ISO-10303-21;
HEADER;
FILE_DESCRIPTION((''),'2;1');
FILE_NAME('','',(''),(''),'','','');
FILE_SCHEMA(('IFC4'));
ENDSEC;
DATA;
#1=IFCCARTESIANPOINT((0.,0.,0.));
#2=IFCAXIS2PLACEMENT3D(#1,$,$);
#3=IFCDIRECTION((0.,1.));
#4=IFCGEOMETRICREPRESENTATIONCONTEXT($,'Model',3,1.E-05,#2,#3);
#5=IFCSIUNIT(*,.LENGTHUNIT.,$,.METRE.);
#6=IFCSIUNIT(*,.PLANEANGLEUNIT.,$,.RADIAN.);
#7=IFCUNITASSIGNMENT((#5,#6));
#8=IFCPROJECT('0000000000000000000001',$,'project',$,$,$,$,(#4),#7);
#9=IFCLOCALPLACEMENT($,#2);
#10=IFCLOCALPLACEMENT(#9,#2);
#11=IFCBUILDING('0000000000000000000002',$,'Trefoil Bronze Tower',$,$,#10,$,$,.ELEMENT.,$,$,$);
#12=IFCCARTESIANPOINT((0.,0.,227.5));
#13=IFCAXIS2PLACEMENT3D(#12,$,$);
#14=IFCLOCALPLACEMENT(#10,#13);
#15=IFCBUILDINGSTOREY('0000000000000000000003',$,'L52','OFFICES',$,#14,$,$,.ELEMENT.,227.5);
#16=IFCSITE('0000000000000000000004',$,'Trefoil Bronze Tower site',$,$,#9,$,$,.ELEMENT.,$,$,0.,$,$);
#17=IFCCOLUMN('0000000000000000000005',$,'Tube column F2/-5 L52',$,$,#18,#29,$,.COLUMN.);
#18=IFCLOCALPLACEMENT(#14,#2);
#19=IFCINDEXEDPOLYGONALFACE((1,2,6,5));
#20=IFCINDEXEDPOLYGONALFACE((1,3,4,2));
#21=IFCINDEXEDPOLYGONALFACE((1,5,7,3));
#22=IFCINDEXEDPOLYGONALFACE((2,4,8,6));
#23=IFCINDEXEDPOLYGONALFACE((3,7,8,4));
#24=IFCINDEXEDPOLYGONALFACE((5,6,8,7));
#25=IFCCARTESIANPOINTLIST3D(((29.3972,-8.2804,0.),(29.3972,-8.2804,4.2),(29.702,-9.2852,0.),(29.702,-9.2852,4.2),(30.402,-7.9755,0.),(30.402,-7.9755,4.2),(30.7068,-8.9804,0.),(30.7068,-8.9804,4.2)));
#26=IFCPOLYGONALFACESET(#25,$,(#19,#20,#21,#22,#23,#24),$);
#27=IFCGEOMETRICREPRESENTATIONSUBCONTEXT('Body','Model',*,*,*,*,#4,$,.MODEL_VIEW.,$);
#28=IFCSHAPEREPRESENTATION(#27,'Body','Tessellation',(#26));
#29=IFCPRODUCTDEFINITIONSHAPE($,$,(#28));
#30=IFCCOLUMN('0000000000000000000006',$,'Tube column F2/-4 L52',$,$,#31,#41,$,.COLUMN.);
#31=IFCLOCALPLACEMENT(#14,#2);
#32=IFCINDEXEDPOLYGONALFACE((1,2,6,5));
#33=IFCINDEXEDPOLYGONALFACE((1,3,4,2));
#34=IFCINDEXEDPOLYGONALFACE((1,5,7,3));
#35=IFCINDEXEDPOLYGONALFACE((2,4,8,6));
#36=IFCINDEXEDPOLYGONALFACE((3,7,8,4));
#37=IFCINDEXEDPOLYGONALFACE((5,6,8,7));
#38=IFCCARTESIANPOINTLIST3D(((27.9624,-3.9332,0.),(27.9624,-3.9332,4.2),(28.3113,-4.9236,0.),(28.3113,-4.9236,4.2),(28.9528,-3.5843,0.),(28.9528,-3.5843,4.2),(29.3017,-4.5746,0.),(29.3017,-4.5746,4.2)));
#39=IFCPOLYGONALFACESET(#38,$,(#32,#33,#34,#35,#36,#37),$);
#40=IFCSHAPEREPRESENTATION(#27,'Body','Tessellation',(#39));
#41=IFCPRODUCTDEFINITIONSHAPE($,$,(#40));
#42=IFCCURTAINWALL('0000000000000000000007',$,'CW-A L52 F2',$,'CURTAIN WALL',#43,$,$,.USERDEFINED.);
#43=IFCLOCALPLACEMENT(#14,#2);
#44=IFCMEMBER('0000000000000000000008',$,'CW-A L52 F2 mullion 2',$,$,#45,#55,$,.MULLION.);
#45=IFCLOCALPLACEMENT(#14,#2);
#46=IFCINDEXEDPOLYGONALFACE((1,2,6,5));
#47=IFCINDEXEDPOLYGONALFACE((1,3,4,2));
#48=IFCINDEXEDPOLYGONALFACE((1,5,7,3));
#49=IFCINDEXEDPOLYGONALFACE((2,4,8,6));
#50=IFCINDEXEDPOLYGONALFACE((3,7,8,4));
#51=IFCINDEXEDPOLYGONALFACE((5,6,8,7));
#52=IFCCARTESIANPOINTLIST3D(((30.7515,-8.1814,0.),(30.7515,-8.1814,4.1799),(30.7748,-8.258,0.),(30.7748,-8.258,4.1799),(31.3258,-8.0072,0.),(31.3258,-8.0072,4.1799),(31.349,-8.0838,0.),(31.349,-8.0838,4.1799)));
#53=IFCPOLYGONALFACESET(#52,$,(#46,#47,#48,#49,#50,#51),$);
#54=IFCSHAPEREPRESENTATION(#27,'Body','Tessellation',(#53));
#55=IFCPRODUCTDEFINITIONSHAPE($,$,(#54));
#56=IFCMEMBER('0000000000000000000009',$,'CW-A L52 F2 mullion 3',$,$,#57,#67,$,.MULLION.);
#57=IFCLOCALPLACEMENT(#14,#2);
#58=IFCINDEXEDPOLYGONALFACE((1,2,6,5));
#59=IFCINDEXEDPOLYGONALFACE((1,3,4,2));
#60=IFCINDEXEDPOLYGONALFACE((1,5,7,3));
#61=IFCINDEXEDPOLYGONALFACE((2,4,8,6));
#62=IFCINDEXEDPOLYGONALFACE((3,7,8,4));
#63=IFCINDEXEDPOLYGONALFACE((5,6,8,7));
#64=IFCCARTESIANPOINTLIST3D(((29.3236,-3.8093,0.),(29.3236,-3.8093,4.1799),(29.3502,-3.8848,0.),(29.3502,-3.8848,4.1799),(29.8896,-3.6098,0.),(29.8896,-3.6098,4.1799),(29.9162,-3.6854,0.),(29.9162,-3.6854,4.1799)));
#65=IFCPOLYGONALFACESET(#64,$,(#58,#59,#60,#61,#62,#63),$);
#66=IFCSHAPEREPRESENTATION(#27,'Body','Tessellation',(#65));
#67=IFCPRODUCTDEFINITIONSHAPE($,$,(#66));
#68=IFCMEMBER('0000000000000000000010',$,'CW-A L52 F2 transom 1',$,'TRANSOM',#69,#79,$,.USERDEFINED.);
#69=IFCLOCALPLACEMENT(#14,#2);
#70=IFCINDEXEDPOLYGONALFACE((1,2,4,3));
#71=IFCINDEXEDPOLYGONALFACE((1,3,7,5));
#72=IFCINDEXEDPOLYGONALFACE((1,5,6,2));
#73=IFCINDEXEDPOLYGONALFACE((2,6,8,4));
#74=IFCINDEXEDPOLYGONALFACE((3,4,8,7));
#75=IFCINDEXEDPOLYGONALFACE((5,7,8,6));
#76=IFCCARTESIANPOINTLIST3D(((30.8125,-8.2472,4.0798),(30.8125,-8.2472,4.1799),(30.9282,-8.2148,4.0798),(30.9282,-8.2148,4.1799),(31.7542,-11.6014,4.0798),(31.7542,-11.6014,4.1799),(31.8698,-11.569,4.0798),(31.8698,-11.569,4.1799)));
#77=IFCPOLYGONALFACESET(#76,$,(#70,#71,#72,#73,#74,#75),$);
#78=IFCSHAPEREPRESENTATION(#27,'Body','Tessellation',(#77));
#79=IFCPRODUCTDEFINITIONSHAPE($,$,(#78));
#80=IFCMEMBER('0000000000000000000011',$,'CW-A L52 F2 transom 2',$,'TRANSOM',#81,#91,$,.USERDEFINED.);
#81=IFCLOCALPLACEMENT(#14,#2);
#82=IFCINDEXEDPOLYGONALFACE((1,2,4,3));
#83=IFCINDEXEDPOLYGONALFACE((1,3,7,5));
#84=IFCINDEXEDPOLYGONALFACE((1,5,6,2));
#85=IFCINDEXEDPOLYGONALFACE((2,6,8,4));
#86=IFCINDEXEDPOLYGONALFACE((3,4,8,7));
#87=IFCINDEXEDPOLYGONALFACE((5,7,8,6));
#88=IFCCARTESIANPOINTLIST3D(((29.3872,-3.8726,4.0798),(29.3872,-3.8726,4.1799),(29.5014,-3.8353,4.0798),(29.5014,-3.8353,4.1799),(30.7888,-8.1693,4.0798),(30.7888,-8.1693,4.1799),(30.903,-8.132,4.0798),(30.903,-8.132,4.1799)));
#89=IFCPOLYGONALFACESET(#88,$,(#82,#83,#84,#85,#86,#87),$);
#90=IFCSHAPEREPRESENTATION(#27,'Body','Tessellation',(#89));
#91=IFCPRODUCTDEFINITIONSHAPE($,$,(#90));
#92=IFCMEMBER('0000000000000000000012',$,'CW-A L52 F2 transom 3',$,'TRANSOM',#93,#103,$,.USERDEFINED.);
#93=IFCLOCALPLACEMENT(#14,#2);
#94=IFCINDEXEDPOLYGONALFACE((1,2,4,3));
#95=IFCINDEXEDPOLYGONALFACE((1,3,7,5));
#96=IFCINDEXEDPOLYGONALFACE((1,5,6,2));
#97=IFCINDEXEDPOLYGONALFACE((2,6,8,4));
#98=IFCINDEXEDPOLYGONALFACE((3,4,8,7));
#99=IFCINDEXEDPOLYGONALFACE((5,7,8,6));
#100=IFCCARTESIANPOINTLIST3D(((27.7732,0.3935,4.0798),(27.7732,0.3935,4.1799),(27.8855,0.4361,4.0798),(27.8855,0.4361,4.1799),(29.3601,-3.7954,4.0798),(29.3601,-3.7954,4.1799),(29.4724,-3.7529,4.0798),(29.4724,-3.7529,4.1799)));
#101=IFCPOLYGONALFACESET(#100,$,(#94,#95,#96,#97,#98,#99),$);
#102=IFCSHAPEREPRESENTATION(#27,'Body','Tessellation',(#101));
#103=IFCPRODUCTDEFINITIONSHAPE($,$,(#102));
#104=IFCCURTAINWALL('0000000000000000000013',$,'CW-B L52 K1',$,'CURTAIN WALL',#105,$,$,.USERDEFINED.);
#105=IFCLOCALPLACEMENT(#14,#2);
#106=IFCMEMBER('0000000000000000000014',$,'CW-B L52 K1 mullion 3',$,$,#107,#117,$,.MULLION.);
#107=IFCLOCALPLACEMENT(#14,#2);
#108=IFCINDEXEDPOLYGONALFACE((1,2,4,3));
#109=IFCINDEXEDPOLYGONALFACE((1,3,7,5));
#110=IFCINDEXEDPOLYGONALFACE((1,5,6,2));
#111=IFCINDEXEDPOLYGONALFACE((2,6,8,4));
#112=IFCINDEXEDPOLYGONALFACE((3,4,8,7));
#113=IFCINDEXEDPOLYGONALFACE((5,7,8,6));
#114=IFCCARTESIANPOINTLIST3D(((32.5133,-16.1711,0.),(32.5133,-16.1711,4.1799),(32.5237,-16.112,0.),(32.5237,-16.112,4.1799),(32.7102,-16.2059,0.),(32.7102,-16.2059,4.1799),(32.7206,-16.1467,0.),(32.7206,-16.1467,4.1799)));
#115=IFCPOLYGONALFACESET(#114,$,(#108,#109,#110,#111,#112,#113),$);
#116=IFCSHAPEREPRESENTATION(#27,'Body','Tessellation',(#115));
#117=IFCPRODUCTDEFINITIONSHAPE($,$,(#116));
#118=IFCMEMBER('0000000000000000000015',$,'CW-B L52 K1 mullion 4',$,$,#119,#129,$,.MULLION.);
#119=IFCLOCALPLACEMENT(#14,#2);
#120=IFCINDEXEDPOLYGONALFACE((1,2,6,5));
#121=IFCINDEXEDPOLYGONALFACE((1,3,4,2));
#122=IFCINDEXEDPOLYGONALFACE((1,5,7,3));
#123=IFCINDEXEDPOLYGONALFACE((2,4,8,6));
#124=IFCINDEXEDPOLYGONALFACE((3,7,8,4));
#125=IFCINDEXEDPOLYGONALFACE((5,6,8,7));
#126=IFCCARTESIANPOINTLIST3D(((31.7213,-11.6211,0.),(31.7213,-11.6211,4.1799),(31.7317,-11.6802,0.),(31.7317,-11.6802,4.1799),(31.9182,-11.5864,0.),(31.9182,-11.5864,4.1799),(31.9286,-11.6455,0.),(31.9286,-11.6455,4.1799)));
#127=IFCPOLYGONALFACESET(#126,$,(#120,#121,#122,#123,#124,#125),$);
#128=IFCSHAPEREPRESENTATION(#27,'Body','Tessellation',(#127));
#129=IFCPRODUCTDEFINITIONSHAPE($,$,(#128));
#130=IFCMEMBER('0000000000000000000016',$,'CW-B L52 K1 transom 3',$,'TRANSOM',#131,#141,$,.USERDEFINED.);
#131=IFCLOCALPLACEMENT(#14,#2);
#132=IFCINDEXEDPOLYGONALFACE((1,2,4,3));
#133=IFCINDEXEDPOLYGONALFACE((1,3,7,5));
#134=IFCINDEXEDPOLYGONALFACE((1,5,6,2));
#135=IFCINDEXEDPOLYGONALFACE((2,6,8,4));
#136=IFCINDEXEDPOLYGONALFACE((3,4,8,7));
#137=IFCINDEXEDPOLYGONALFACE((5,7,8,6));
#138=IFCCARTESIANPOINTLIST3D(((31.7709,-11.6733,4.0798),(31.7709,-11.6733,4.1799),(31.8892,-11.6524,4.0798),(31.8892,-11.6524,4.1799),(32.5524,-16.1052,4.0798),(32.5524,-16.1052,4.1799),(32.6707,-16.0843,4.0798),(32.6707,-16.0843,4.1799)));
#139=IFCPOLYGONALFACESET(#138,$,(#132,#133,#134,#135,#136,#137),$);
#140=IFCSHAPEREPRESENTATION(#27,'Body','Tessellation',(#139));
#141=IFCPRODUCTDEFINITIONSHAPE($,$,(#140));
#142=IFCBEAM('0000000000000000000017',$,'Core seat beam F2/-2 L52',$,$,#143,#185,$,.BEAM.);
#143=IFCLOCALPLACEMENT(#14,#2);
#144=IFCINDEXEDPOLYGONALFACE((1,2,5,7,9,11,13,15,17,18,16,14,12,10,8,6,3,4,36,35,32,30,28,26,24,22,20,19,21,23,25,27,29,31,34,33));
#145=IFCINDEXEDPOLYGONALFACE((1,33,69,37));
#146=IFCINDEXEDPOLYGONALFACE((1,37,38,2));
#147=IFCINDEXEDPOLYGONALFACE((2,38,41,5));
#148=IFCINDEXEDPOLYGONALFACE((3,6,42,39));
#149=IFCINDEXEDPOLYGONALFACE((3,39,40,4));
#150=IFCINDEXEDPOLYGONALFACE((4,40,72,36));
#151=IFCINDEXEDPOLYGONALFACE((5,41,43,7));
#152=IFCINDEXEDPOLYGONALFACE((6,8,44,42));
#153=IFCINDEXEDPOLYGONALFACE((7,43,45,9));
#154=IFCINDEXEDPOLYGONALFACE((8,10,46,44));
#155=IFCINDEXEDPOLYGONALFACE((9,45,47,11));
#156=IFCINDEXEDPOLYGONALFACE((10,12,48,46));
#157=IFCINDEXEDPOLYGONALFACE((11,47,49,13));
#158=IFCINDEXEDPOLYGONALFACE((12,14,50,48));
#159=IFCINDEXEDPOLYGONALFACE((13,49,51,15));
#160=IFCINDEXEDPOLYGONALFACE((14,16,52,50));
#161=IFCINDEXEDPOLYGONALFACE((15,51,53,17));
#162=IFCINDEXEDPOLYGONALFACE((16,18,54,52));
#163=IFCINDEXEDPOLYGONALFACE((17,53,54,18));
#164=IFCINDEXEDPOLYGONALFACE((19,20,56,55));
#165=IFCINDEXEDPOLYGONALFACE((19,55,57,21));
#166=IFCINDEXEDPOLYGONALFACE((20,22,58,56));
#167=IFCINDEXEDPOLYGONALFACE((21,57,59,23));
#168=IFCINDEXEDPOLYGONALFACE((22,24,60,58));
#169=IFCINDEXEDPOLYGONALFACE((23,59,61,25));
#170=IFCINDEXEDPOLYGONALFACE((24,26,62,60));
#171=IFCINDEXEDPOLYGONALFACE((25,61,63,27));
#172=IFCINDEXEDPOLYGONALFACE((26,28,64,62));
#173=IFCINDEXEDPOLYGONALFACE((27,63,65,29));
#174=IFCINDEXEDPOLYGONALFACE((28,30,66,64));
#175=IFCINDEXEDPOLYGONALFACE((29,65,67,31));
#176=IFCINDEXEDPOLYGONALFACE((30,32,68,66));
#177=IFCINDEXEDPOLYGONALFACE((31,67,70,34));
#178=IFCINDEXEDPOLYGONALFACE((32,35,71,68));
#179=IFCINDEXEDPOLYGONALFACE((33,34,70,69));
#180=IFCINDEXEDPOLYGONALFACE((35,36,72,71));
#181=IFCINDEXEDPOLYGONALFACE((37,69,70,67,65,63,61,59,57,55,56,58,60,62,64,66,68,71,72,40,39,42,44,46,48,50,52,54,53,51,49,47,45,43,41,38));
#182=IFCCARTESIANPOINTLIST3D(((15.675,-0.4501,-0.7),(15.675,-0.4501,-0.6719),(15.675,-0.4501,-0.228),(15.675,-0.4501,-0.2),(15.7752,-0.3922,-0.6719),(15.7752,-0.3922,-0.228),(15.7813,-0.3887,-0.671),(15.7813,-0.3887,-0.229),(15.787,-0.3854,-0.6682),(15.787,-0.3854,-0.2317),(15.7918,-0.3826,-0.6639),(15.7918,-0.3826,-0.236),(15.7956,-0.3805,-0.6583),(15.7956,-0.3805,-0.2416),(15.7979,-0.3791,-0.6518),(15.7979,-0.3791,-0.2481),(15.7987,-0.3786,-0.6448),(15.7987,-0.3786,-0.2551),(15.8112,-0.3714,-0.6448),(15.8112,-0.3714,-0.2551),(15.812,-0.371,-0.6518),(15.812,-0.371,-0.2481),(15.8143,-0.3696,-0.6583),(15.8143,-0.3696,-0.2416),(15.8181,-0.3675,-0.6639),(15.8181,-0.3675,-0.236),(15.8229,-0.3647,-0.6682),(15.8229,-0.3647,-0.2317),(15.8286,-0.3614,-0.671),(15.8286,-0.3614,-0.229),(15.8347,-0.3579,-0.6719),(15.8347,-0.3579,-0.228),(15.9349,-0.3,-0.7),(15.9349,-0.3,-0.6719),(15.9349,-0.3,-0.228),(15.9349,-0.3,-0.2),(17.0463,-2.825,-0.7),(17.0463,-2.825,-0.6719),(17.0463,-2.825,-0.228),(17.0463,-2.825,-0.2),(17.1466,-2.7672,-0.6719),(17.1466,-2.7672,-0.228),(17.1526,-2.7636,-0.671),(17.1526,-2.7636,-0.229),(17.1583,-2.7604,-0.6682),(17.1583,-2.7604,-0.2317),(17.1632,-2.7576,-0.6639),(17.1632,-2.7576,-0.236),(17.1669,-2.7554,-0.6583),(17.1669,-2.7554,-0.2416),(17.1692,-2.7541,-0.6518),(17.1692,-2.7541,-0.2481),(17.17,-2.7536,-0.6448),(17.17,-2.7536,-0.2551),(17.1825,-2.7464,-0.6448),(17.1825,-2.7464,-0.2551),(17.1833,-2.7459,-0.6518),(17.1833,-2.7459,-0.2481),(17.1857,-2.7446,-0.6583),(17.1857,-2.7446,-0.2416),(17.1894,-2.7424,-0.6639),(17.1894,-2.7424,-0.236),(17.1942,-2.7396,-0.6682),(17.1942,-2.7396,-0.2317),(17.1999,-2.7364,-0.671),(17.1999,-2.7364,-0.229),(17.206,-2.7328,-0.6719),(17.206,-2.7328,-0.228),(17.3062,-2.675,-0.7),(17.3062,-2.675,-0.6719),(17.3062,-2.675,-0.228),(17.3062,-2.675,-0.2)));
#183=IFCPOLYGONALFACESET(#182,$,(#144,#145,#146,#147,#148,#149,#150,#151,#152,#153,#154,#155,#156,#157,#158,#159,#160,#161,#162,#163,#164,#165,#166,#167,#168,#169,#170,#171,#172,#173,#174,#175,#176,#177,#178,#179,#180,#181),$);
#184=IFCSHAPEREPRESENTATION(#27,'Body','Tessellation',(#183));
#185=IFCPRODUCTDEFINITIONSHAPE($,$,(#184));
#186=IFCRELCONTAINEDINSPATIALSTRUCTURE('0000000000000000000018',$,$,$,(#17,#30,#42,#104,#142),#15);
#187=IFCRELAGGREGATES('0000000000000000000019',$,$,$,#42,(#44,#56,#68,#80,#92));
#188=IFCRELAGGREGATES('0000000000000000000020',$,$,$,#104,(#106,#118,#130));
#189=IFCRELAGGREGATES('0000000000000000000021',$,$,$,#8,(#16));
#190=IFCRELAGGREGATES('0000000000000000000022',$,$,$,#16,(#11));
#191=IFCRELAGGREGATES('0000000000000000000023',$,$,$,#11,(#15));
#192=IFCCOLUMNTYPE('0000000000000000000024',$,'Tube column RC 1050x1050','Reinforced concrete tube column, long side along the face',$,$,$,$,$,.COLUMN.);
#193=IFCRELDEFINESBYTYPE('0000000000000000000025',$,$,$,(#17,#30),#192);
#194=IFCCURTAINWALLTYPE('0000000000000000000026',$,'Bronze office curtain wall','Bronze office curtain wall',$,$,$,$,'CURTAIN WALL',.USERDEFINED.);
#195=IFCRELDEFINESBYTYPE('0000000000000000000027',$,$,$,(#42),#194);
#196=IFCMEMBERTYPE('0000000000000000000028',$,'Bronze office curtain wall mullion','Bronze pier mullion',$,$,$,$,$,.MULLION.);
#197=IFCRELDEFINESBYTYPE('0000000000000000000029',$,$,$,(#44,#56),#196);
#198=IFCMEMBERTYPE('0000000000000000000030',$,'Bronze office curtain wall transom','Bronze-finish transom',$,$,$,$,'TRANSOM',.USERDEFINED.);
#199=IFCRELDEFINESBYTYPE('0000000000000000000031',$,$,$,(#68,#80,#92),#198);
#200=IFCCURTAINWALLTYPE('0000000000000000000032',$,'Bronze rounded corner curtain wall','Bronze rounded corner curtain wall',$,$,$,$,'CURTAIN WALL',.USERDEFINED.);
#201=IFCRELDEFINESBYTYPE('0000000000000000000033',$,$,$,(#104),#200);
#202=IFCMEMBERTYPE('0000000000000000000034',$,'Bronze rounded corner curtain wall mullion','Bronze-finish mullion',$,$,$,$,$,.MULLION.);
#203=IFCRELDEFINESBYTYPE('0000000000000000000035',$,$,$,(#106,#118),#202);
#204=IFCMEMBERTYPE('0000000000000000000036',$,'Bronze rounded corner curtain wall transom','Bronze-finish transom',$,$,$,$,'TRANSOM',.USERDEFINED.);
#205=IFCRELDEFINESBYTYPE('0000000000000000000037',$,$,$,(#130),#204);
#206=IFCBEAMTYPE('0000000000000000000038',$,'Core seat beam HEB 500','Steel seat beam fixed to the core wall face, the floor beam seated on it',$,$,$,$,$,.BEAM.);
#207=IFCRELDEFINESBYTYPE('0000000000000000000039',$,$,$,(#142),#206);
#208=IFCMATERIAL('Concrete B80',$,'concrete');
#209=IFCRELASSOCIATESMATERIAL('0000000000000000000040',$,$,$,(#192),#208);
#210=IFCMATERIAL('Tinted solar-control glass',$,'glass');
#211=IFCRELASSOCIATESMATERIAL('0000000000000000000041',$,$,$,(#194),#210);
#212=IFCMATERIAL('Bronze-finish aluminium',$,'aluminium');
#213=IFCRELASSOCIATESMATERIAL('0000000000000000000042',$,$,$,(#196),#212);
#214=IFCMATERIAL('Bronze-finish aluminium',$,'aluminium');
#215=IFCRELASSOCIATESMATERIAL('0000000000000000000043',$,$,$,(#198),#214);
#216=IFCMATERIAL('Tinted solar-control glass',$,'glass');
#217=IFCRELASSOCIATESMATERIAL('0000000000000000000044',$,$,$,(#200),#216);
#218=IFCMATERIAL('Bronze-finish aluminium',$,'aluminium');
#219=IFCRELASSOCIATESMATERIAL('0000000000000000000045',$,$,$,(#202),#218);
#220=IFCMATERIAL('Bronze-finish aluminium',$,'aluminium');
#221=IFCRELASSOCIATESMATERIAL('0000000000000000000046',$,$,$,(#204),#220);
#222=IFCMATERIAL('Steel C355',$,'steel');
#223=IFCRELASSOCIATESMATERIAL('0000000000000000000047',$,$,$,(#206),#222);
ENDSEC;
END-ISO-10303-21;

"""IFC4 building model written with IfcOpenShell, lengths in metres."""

from ifc_helpers import new_model, si_unit, direction, frame, origin, origin_2d, place, context, subcontext, project, spatial, rectangle, i_section, extrude, material, material_profile, profile_set, type_object, element, aggregate, save


model = new_model("IFC4")

# Units and contexts
model_context = context("Model", 3, precision=1e-05, world=origin(), true_north=direction((0.0, 1.0)))
body_context = subcontext(model_context, "Body", "Model", "MODEL_VIEW")
ifc_project = project(units=[si_unit("LENGTHUNIT", "METRE"), si_unit("PLANEANGLEUNIT", "RADIAN")], contexts=[model_context])

# Site, building, storey
site_placement = place(None, origin())
site = spatial("IfcSite", under=ifc_project, at=site_placement, Name="Trefoil Bronze Tower site", CompositionType="ELEMENT", RefElevation=0.0)
building_placement = place(site_placement, origin())
building = spatial("IfcBuilding", under=site, at=building_placement, Name="Trefoil Bronze Tower", CompositionType="ELEMENT")
storey_placement = place(building_placement, frame((0.0, 0.0, 227.5)))
storey = spatial("IfcBuildingStorey", under=building, at=storey_placement, Name="L52", Description="OFFICES", CompositionType="ELEMENT", Elevation=227.5)

# Columns
ifc_material_1 = material(Name="Concrete B80", Category="concrete")
ifc_material_profile_1 = material_profile(ifc_material_1, rectangle(XDim=1.05, YDim=1.05, at=origin_2d()), Name="RC 1050x1050")
ifc_profile_set_1 = profile_set([ifc_material_profile_1], Name="Concrete B80")
column_type = type_object("IfcColumnType", Name="Tube column RC 1050x1050", Description="Reinforced concrete tube column, long side along the face", PredefinedType="COLUMN", material=ifc_profile_set_1)
for number, where, z_axis, x_axis, name in (
    (1, (30.052, -8.6304, 0.0), (0.0, 0.0, 1.0), (-0.290278, 0.956942, 0.0), "Tube column F2/-5 L52"),
    (2, (28.6321, -4.2539, 0.0), (0.0, 0.0, 1.0), (-0.332282, 0.94318, 0.0), "Tube column F2/-4 L52"),
):
    element("IfcColumn", number, at=place(storey_placement, frame(where, z_axis=z_axis, x_axis=x_axis)), inside=storey, type_object=column_type, Name=name, PredefinedType="COLUMN", context=body_context, shape_type="SweptSolid", body=[
        extrude(rectangle(XDim=1.05, YDim=1.05, at=origin_2d()), origin(), (0.0, 0.0, 1.0), 4.2),
    ])

# Curtain walls, members
ifc_material_2 = material(Name="Tinted solar-control glass", Category="glass")
curtain_wall_type_1 = type_object("IfcCurtainWallType", Name="Bronze office curtain wall", Description="Bronze office curtain wall", ElementType="CURTAIN WALL", PredefinedType="USERDEFINED", material=ifc_material_2)
curtain_wall_1_placement = place(storey_placement, origin())
curtain_wall_1 = element("IfcCurtainWall", 3, at=curtain_wall_1_placement, inside=storey, type_object=curtain_wall_type_1, Name="CW-A L52 F2", ObjectType="CURTAIN WALL", PredefinedType="USERDEFINED")
ifc_material_3 = material(Name="Bronze-finish aluminium", Category="aluminium")
ifc_material_profile_2 = material_profile(ifc_material_3, rectangle(XDim=0.6001, YDim=0.0801, at=origin_2d()), Name="CW-A mullion")
ifc_profile_set_2 = profile_set([ifc_material_profile_2], Name="Bronze-finish aluminium")
member_type_1 = type_object("IfcMemberType", Name="Bronze office curtain wall mullion", Description="Bronze pier mullion", PredefinedType="MULLION", material=ifc_profile_set_2)
member_1_placement = place(storey_placement, frame((31.0503, -8.1326, 0.0), z_axis=(0.0, 0.0, 1.0), x_axis=(-0.956942, -0.290278, 0.0)))
member_1 = element("IfcMember", 4, at=member_1_placement, type_object=member_type_1, Name="CW-A L52 F2 mullion 2", PredefinedType="MULLION", context=body_context, shape_type="SweptSolid", body=[
    extrude(rectangle(XDim=0.6001, YDim=0.0801, at=origin_2d()), origin(), (0.0, 0.0, 1.0), 4.1799),
])
member_2_placement = place(storey_placement, frame((29.6199, -3.7473, 0.0), z_axis=(0.0, 0.0, 1.0), x_axis=(-0.94318, -0.332282, 0.0)))
member_2 = element("IfcMember", 5, at=member_2_placement, type_object=member_type_1, Name="CW-A L52 F2 mullion 3", PredefinedType="MULLION", context=body_context, shape_type="SweptSolid", body=[
    extrude(rectangle(XDim=0.6001, YDim=0.0801, at=origin_2d()), origin(), (0.0, 0.0, 1.0), 4.1799),
])
ifc_material_4 = material(Name="Bronze-finish aluminium", Category="aluminium")
ifc_material_profile_3 = material_profile(ifc_material_4, rectangle(XDim=0.1201, YDim=0.1001, at=origin_2d()), Name="CW-A transom")
ifc_profile_set_3 = profile_set([ifc_material_profile_3], Name="Bronze-finish aluminium")
member_type_2 = type_object("IfcMemberType", Name="Bronze office curtain wall transom", Description="Bronze-finish transom", ElementType="TRANSOM", PredefinedType="USERDEFINED", material=ifc_profile_set_3)
member_3_placement = place(storey_placement, frame((31.812, -11.5852, 4.1299), z_axis=(-0.270285, 0.96278, 0.0), x_axis=(-0.96278, -0.270285, 0.0)))
member_3 = element("IfcMember", 6, at=member_3_placement, type_object=member_type_2, Name="CW-A L52 F2 transom 1", ObjectType="TRANSOM", PredefinedType="USERDEFINED", context=body_context, shape_type="SweptSolid", body=[
    extrude(rectangle(XDim=0.1201, YDim=0.1001, at=origin_2d()), origin(), (0.0, 0.0, 1.0), 3.4839),
])
member_4_placement = place(storey_placement, frame((30.8459, -8.1506, 4.1299), z_axis=(-0.310128, 0.950695, 0.0), x_axis=(-0.950695, -0.310128, 0.0)))
member_4 = element("IfcMember", 7, at=member_4_placement, type_object=member_type_2, Name="CW-A L52 F2 transom 2", ObjectType="TRANSOM", PredefinedType="USERDEFINED", context=body_context, shape_type="SweptSolid", body=[
    extrude(rectangle(XDim=0.1201, YDim=0.1001, at=origin_2d()), origin(), (0.0, 0.0, 1.0), 4.5195),
])
member_5_placement = place(storey_placement, frame((29.4163, -3.7742, 4.1299), z_axis=(-0.354263, 0.935146, 0.0), x_axis=(-0.935146, -0.354263, 0.0)))
member_5 = element("IfcMember", 8, at=member_5_placement, type_object=member_type_2, Name="CW-A L52 F2 transom 3", ObjectType="TRANSOM", PredefinedType="USERDEFINED", context=body_context, shape_type="SweptSolid", body=[
    extrude(rectangle(XDim=0.1201, YDim=0.1001, at=origin_2d()), origin(), (0.0, 0.0, 1.0), 4.4795),
])
ifc_material_5 = material(Name="Tinted solar-control glass", Category="glass")
curtain_wall_type_2 = type_object("IfcCurtainWallType", Name="Bronze rounded corner curtain wall", Description="Bronze rounded corner curtain wall", ElementType="CURTAIN WALL", PredefinedType="USERDEFINED", material=ifc_material_5)
curtain_wall_2_placement = place(storey_placement, origin())
curtain_wall_2 = element("IfcCurtainWall", 9, at=curtain_wall_2_placement, inside=storey, type_object=curtain_wall_type_2, Name="CW-B L52 K1", ObjectType="CURTAIN WALL", PredefinedType="USERDEFINED")
ifc_material_6 = material(Name="Bronze-finish aluminium", Category="aluminium")
ifc_material_profile_4 = material_profile(ifc_material_6, rectangle(XDim=0.2, YDim=0.0601, at=origin_2d()), Name="CW-B mullion")
ifc_profile_set_4 = profile_set([ifc_material_profile_4], Name="Bronze-finish aluminium")
member_type_3 = type_object("IfcMemberType", Name="Bronze rounded corner curtain wall mullion", Description="Bronze-finish mullion", PredefinedType="MULLION", material=ifc_profile_set_4)
member_6_placement = place(storey_placement, frame((32.6169, -16.1589, 0.0), z_axis=(0.0, 0.0, 1.0), x_axis=(-0.984808, 0.173648, 0.0)))
member_6 = element("IfcMember", 10, at=member_6_placement, type_object=member_type_3, Name="CW-B L52 K1 mullion 3", PredefinedType="MULLION", context=body_context, shape_type="SweptSolid", body=[
    extrude(rectangle(XDim=0.2, YDim=0.0601, at=origin_2d()), origin(), (0.0, 0.0, 1.0), 4.1799),
])
member_7_placement = place(storey_placement, frame((31.825, -11.6333, 0.0), z_axis=(0.0, 0.0, 1.0), x_axis=(-0.984808, -0.173648, 0.0)))
member_7 = element("IfcMember", 11, at=member_7_placement, type_object=member_type_3, Name="CW-B L52 K1 mullion 4", PredefinedType="MULLION", context=body_context, shape_type="SweptSolid", body=[
    extrude(rectangle(XDim=0.2, YDim=0.0601, at=origin_2d()), origin(), (0.0, 0.0, 1.0), 4.1799),
])
ifc_material_7 = material(Name="Bronze-finish aluminium", Category="aluminium")
ifc_material_profile_5 = material_profile(ifc_material_7, rectangle(XDim=0.1201, YDim=0.1001, at=origin_2d()), Name="CW-B transom")
ifc_profile_set_5 = profile_set([ifc_material_profile_5], Name="Bronze-finish aluminium")
member_type_4 = type_object("IfcMemberType", Name="Bronze rounded corner curtain wall transom", Description="Bronze-finish transom", ElementType="TRANSOM", PredefinedType="USERDEFINED", material=ifc_profile_set_5)
member_8_placement = place(storey_placement, frame((32.6116, -16.0947, 4.1299), z_axis=(-0.173655, 0.984806, 0.0), x_axis=(-0.984806, -0.173655, 0.0)))
member_8 = element("IfcMember", 12, at=member_8_placement, type_object=member_type_4, Name="CW-B L52 K1 transom 3", ObjectType="TRANSOM", PredefinedType="USERDEFINED", context=body_context, shape_type="SweptSolid", body=[
    extrude(rectangle(XDim=0.1201, YDim=0.1001, at=origin_2d()), origin(), (0.0, 0.0, 1.0), 4.5002),
])

# Beam
ifc_material_8 = material(Name="Steel C355", Category="steel")
ifc_material_profile_6 = material_profile(ifc_material_8, i_section(OverallWidth=0.3, OverallDepth=0.5, WebThickness=0.0144, FlangeThickness=0.0281, FilletRadius=0.0271, at=origin_2d()), Name="HEB 500")
ifc_profile_set_6 = profile_set([ifc_material_profile_6], Name="Steel C355")
beam_type_1 = type_object("IfcBeamType", Name="Core seat beam HEB 500", Description="Steel seat beam fixed to the core wall face, the floor beam seated on it", PredefinedType="BEAM", material=ifc_profile_set_6)
beam_1_placement = place(storey_placement, frame((17.1763, -2.75, -0.45), z_axis=(-0.500036, 0.866005, 0.0), x_axis=(-0.866005, -0.500036, 0.0)))
element("IfcBeam", 13, at=beam_1_placement, inside=storey, type_object=beam_type_1, Name="Core seat beam F2/-2 L52", PredefinedType="BEAM", context=body_context, shape_type="SweptSolid", body=[
    extrude(i_section(OverallWidth=0.3, OverallDepth=0.5, WebThickness=0.0144, FlangeThickness=0.0281, FilletRadius=0.0271, at=origin_2d()), origin(), (0.0, 0.0, 1.0), 2.7424),
])

aggregate(curtain_wall_1, [member_1, member_2, member_3, member_4, member_5])
aggregate(curtain_wall_2, [member_6, member_7, member_8])

save(model, "model.ifc")
